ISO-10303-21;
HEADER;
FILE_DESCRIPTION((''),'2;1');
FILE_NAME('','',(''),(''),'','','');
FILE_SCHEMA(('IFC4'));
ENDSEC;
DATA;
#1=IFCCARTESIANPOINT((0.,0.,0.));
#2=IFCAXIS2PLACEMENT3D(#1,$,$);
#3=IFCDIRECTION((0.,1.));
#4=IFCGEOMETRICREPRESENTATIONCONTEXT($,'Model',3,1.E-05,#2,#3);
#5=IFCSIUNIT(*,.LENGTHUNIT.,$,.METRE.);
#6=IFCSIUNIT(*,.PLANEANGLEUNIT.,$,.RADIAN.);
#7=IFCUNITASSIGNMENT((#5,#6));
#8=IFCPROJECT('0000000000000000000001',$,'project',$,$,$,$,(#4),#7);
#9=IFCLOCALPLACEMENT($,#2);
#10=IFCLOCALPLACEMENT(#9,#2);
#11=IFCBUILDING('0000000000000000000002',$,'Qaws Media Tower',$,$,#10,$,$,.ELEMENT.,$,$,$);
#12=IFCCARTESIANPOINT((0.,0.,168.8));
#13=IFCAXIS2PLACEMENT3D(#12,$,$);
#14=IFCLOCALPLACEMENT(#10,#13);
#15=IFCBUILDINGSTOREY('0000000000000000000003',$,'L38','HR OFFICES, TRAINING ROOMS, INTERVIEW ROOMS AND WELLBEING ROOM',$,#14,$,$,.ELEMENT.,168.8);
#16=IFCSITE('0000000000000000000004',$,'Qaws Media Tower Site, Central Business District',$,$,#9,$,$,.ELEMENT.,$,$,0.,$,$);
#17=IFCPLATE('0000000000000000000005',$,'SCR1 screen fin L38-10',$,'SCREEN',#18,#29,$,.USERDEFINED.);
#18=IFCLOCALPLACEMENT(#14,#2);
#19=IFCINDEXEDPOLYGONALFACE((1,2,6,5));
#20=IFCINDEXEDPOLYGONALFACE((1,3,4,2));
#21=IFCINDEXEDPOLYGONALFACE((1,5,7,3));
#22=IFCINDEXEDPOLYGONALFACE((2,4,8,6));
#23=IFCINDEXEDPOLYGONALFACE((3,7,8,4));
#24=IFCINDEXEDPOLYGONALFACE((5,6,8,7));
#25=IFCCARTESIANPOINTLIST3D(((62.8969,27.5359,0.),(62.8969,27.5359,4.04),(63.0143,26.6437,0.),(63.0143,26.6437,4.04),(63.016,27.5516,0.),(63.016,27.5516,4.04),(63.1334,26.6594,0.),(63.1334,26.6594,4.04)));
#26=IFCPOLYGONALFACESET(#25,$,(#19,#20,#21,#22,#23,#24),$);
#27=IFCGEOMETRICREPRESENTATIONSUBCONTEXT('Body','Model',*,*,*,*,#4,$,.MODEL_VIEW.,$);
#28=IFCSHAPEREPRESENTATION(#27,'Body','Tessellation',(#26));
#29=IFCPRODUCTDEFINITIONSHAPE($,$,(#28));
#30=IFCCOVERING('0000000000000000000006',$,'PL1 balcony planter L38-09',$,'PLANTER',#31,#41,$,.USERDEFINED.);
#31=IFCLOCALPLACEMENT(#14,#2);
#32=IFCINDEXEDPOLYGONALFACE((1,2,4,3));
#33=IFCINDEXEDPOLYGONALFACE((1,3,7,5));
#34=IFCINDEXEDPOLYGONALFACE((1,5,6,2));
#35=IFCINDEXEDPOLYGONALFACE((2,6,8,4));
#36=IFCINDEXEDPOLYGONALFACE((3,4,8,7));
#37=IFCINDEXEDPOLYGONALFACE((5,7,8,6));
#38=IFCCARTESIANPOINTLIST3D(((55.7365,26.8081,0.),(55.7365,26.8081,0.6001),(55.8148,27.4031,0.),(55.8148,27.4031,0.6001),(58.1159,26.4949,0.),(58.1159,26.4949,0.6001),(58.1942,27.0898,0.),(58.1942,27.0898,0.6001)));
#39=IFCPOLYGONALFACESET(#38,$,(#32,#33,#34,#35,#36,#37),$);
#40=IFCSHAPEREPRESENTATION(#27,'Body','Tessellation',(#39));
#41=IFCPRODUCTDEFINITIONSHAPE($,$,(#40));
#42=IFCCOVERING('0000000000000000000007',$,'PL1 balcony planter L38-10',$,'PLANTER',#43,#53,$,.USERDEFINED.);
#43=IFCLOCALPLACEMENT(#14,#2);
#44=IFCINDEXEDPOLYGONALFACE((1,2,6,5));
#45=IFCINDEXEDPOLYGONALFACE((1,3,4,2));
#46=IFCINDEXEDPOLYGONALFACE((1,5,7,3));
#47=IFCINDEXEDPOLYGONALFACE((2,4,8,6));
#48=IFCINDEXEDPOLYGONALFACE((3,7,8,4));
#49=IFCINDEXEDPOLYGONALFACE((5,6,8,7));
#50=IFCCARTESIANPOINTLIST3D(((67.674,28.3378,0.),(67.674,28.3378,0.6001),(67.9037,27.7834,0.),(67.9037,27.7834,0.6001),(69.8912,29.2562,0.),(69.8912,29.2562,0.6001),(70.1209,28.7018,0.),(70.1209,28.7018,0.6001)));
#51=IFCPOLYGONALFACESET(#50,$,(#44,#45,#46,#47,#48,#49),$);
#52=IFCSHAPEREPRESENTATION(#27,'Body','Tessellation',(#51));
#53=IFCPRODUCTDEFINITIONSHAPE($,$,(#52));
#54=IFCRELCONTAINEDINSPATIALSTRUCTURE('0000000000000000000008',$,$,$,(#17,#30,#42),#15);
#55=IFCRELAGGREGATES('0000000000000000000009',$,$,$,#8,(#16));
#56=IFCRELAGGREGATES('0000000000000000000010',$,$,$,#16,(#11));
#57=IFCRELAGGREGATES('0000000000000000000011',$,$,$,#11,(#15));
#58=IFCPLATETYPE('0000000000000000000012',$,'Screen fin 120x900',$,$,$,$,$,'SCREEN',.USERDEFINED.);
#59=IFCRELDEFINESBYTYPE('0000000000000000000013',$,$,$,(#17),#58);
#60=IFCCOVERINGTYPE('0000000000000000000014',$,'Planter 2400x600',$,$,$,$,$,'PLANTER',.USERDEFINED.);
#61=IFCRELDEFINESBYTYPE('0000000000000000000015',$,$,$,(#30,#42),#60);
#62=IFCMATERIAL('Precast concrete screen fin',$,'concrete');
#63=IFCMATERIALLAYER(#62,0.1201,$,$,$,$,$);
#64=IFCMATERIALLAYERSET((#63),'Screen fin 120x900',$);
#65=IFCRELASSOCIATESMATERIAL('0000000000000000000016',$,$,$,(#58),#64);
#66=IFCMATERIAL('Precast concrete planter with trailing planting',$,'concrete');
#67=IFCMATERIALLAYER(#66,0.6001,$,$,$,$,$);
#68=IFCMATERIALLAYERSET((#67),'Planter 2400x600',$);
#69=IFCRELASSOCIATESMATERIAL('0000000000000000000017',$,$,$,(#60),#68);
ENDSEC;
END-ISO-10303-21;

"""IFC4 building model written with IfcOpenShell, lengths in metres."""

from ifc_helpers import new_model, si_unit, direction, frame, origin, origin_2d, place, context, subcontext, project, spatial, rectangle, extrude, material, layer, layer_set, type_object, element, save


model = new_model("IFC4")

# Units and contexts
model_context = context("Model", 3, precision=1e-05, world=origin(), true_north=direction((0.0, 1.0)))
body_context = subcontext(model_context, "Body", "Model", "MODEL_VIEW")
ifc_project = project(units=[si_unit("LENGTHUNIT", "METRE"), si_unit("PLANEANGLEUNIT", "RADIAN")], contexts=[model_context])

# Site, building, storey
site_placement = place(None, origin())
site = spatial("IfcSite", under=ifc_project, at=site_placement, Name="Qaws Media Tower Site, Central Business District", CompositionType="ELEMENT", RefElevation=0.0)
building_placement = place(site_placement, origin())
building = spatial("IfcBuilding", under=site, at=building_placement, Name="Qaws Media Tower", CompositionType="ELEMENT")
storey_placement = place(building_placement, frame((0.0, 0.0, 168.8)))
storey = spatial("IfcBuildingStorey", under=building, at=storey_placement, Name="L38", Description="HR OFFICES, TRAINING ROOMS, INTERVIEW ROOMS AND WELLBEING ROOM", CompositionType="ELEMENT", Elevation=168.8)

# Plate
ifc_material_1 = material(Name="Precast concrete screen fin", Category="concrete")
ifc_layer_1 = layer(ifc_material_1, 0.1201)
ifc_layer_set_1 = layer_set([ifc_layer_1], Name="Screen fin 120x900")
plate_type_1 = type_object("IfcPlateType", Name="Screen fin 120x900", ElementType="SCREEN", PredefinedType="USERDEFINED", material=ifc_layer_set_1)
plate_1_placement = place(storey_placement, frame((63.0151, 27.0977, 0.0), z_axis=(0.0, 0.0, 1.0), x_axis=(0.130526, -0.991445, 0.0)))
element("IfcPlate", 1, at=plate_1_placement, inside=storey, type_object=plate_type_1, Name="SCR1 screen fin L38-10", ObjectType="SCREEN", PredefinedType="USERDEFINED", context=body_context, shape_type="SweptSolid", body=[
    extrude(rectangle(XDim=0.8999, YDim=0.1201, at=origin_2d()), origin(), (0.0, 0.0, 1.0), 4.04),
])

# Coverings
ifc_material_2 = material(Name="Precast concrete planter with trailing planting", Category="concrete")
ifc_layer_2 = layer(ifc_material_2, 0.6001)
ifc_layer_set_2 = layer_set([ifc_layer_2], Name="Planter 2400x600")
covering_type = type_object("IfcCoveringType", Name="Planter 2400x600", ElementType="PLANTER", PredefinedType="USERDEFINED", material=ifc_layer_set_2)
for number, where, z_axis, x_axis, name in (
    (2, (56.9653, 26.949, 0.0), (0.0, 0.0, 1.0), (0.991445, -0.130526, 0.0), "PL1 balcony planter L38-09"),
    (3, (68.8975, 28.5198, 0.0), (0.0, 0.0, 1.0), (0.92388, 0.382683, 0.0), "PL1 balcony planter L38-10"),
):
    element("IfcCovering", number, at=place(storey_placement, frame(where, z_axis=z_axis, x_axis=x_axis)), inside=storey, type_object=covering_type, Name=name, ObjectType="PLANTER", PredefinedType="USERDEFINED", context=body_context, shape_type="SweptSolid", body=[
        extrude(rectangle(XDim=2.3999, YDim=0.6001, at=origin_2d()), origin(), (0.0, 0.0, 1.0), 0.6001),
    ])

save(model, "model.ifc")
